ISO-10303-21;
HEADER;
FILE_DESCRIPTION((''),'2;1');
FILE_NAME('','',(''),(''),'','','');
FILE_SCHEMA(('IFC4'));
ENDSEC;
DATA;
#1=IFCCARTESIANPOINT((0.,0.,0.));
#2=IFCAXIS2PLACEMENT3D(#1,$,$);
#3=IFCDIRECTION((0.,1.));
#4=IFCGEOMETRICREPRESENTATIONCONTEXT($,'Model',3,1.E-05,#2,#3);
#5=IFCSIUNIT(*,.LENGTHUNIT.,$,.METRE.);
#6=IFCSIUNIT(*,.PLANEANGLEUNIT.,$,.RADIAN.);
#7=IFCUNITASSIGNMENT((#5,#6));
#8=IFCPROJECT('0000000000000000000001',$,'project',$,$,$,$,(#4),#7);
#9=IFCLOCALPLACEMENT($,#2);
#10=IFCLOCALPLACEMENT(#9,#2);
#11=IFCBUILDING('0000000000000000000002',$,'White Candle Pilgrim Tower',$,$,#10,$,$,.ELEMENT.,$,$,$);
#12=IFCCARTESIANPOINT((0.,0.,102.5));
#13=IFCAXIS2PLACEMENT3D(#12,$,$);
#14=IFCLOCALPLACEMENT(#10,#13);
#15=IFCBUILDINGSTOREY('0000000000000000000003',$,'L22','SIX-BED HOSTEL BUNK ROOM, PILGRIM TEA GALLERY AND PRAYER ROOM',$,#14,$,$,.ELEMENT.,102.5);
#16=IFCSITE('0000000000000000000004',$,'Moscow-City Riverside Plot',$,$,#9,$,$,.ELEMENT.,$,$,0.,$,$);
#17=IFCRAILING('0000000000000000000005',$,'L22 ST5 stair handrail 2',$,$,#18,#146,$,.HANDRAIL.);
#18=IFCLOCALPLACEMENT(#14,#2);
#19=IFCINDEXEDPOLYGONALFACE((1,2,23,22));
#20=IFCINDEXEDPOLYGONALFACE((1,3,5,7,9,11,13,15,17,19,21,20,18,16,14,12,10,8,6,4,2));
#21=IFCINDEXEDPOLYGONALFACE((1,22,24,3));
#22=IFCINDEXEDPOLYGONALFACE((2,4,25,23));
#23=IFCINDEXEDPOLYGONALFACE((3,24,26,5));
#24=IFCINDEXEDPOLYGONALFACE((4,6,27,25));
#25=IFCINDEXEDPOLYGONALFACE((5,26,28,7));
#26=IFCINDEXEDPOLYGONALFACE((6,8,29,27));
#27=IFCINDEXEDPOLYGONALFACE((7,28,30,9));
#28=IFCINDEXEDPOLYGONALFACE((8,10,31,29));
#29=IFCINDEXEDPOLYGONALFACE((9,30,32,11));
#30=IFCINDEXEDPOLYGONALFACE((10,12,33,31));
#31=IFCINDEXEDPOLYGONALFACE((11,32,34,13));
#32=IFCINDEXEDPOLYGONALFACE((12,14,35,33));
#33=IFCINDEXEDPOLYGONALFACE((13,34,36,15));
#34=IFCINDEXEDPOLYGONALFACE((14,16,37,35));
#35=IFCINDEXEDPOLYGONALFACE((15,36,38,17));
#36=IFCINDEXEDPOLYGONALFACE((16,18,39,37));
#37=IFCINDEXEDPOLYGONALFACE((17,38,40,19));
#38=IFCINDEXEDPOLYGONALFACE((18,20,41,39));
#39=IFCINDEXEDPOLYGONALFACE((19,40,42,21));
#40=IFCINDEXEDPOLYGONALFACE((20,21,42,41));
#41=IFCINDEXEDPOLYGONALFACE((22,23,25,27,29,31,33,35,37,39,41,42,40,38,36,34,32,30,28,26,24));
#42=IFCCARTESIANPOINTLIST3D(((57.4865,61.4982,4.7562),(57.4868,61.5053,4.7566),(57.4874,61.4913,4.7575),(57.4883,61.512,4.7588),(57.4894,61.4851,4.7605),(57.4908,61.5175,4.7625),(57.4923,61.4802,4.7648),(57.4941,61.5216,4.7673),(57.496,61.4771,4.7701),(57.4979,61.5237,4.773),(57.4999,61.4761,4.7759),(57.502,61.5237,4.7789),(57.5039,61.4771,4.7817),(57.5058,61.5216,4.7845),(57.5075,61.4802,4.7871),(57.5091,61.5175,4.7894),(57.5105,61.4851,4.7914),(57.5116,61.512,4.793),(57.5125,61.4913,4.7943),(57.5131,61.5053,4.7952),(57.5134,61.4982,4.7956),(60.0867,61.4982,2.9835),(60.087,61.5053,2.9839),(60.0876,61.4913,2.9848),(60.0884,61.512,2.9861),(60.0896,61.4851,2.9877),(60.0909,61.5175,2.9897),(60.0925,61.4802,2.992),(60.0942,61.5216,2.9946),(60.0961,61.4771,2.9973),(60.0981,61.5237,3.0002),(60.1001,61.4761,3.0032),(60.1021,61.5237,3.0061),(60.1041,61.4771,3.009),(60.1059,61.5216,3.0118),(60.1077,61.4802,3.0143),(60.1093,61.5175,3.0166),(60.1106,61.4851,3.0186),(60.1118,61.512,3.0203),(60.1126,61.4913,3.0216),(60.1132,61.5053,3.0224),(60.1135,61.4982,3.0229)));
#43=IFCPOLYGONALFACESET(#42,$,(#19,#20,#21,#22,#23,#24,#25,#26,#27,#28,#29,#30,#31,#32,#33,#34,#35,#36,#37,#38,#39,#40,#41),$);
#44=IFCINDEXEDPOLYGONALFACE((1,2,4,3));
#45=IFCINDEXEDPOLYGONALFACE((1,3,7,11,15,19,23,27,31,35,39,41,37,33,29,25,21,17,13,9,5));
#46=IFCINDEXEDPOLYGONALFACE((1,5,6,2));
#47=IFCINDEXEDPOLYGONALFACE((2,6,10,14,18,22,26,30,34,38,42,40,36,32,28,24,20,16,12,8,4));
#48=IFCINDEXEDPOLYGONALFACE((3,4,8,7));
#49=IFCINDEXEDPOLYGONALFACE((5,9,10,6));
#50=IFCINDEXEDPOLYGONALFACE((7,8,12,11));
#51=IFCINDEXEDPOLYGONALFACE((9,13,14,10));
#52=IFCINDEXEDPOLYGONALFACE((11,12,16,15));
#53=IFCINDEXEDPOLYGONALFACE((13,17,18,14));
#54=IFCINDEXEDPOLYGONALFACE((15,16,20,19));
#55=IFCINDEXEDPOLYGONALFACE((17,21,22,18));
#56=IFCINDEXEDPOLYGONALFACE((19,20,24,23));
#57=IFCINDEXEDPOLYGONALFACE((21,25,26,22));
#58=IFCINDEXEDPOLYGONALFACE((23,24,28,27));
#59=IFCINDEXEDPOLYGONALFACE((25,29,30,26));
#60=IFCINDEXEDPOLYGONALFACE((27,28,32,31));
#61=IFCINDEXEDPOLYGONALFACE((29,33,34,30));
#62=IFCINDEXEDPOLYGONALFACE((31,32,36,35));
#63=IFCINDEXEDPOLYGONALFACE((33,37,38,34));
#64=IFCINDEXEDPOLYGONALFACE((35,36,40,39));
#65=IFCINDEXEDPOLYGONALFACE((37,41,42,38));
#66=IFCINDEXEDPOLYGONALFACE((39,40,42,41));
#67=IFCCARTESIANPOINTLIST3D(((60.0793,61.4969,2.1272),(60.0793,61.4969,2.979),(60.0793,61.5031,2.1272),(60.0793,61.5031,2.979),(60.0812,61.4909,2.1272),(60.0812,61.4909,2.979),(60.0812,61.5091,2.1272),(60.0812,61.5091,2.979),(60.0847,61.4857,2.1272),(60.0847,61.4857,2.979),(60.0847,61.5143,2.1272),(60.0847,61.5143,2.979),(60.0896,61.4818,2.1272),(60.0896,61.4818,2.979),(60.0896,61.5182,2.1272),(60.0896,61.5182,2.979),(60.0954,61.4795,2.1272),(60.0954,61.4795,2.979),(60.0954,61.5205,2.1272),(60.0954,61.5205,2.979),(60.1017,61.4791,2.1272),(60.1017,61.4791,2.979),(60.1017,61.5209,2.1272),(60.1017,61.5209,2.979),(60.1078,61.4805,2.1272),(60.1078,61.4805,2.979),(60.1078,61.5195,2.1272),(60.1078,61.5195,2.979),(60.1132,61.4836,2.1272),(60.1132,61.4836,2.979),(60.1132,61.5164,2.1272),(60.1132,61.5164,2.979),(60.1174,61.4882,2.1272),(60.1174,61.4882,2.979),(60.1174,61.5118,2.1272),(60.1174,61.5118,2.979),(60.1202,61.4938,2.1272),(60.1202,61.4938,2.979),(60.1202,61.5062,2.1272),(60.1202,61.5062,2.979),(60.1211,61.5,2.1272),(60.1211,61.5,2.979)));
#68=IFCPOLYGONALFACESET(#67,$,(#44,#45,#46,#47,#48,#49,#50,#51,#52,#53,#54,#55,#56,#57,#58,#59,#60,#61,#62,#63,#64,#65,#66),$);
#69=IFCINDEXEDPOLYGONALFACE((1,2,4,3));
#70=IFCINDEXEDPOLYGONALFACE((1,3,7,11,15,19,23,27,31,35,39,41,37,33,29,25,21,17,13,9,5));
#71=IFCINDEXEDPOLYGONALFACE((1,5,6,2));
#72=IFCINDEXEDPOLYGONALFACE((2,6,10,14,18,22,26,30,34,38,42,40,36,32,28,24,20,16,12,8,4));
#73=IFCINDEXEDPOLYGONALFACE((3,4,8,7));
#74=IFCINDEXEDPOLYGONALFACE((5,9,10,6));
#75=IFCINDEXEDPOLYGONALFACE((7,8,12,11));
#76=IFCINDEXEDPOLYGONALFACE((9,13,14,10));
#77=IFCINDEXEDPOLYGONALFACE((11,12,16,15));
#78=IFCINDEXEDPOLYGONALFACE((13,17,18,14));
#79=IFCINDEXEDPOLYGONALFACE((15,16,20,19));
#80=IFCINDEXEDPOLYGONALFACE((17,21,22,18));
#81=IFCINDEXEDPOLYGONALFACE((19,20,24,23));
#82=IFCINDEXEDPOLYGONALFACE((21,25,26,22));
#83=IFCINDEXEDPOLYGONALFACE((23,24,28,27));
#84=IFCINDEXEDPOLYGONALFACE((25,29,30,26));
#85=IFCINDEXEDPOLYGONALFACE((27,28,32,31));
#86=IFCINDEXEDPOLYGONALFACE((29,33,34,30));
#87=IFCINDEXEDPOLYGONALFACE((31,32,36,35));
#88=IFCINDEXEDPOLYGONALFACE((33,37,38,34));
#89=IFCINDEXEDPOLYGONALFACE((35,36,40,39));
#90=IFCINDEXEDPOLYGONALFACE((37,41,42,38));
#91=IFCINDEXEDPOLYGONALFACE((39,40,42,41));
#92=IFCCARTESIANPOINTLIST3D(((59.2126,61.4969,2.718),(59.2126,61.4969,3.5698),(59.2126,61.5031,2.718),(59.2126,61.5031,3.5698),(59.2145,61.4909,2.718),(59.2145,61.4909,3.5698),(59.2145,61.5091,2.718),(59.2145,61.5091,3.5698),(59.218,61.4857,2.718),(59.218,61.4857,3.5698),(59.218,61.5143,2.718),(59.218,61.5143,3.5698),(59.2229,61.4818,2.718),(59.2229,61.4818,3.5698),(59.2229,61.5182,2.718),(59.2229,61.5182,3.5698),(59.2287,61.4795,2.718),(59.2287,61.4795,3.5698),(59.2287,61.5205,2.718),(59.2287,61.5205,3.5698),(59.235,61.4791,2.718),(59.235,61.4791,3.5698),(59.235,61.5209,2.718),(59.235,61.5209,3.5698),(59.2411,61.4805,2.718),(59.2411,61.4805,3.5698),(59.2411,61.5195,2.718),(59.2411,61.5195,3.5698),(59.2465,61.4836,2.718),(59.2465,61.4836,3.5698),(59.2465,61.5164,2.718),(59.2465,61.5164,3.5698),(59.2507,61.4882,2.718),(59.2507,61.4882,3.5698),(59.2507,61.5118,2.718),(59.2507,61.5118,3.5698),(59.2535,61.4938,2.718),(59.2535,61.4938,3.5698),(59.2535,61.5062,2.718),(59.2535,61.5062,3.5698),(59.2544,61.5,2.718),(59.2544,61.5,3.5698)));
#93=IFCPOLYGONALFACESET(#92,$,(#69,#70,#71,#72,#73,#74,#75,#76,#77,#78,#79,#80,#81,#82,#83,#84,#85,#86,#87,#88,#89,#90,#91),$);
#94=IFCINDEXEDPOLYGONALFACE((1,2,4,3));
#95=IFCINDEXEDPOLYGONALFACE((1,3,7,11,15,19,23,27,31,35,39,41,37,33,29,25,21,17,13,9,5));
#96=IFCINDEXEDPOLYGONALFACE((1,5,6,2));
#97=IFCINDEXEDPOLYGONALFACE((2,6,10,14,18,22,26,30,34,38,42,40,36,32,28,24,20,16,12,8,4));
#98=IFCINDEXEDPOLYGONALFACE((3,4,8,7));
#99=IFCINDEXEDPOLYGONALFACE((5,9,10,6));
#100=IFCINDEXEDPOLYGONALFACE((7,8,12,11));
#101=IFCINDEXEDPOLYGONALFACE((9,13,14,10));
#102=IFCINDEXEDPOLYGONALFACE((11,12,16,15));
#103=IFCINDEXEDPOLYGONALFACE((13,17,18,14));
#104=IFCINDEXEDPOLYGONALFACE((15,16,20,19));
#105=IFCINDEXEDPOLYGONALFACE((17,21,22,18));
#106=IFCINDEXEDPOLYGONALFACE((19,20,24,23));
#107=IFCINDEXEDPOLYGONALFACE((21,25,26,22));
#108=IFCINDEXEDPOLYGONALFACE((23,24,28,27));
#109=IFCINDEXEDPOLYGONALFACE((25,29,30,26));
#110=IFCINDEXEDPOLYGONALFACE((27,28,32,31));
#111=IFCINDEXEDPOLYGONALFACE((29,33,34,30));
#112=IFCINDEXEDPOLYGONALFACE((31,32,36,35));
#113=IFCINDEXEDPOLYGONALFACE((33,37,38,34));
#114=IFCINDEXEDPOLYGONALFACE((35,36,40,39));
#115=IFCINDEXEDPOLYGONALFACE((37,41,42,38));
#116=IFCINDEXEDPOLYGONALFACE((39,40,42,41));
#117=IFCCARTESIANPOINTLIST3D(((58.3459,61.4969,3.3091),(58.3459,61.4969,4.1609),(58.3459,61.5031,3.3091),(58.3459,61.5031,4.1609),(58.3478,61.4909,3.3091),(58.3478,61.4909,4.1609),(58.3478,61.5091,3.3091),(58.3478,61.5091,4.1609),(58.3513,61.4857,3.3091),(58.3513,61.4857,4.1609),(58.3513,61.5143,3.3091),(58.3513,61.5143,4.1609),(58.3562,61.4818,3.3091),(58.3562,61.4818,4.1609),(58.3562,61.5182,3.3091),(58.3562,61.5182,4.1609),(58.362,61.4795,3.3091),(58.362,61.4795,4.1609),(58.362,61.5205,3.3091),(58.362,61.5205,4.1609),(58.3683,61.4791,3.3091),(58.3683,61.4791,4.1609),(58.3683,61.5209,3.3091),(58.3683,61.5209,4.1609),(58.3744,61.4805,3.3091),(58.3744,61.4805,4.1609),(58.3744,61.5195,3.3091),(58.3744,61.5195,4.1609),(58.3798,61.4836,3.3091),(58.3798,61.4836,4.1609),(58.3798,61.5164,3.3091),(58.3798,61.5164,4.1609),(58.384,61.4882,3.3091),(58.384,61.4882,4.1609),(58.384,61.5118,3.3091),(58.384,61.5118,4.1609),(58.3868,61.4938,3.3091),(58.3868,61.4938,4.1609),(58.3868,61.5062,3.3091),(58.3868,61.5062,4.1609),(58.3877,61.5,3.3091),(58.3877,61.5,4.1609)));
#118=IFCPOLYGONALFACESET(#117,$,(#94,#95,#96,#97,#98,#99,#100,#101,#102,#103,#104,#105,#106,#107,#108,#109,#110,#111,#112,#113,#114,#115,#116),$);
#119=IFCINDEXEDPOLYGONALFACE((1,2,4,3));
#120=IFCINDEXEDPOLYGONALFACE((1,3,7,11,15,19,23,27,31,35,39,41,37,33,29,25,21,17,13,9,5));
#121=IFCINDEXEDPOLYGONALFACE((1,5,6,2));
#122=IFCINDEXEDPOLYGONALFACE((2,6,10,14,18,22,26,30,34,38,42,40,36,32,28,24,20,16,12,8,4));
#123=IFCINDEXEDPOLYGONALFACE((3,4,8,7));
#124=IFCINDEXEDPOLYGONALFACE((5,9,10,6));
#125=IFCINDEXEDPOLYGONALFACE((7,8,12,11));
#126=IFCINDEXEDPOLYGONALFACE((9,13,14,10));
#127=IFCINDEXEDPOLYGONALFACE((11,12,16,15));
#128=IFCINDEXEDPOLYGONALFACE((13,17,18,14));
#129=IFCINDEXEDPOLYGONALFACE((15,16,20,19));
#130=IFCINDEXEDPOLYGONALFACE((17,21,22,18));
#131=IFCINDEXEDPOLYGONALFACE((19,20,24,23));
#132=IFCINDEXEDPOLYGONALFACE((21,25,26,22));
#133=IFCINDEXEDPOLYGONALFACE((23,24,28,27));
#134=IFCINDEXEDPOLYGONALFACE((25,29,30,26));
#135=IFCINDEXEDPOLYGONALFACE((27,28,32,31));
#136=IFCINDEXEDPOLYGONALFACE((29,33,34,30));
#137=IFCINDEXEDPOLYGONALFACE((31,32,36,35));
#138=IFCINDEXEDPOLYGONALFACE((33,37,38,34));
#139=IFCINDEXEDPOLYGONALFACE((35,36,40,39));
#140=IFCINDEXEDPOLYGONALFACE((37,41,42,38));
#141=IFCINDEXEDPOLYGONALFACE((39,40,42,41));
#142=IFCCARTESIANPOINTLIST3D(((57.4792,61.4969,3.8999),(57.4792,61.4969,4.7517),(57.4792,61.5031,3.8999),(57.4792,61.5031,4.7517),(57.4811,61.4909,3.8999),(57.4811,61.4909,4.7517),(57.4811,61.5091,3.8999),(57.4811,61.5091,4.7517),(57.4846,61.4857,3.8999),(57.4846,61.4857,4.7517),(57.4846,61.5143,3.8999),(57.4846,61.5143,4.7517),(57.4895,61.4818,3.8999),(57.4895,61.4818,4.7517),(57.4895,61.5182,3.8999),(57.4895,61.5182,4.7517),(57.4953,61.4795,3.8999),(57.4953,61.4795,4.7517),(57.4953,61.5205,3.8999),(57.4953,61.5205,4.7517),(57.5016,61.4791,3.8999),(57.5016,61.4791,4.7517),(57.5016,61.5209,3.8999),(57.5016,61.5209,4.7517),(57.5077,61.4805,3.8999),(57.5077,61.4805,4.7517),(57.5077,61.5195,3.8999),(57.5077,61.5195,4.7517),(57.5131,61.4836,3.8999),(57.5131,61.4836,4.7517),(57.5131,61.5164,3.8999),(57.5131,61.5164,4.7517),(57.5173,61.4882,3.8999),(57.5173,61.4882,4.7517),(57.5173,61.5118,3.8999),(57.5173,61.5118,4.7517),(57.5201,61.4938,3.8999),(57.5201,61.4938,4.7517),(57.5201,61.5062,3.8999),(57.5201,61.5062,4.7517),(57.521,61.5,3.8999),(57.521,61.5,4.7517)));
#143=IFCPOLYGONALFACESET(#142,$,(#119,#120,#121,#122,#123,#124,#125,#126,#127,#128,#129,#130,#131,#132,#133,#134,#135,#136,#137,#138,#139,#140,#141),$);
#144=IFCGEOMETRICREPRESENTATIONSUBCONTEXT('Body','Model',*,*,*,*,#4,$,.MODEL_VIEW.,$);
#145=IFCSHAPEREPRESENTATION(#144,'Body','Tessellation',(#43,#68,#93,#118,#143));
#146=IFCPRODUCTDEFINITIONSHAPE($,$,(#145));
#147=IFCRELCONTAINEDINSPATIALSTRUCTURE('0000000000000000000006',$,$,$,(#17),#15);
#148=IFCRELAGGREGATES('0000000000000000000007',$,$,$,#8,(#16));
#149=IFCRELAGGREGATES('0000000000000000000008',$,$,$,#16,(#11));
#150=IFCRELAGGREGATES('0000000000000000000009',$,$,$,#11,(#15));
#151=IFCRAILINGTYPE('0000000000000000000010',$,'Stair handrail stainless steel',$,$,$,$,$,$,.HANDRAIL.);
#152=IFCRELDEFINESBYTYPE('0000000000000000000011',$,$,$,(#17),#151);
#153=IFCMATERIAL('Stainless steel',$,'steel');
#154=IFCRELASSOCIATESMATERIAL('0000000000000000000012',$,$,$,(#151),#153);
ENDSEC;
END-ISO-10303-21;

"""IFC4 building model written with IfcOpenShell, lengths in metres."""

from ifc_helpers import new_model, si_unit, direction, frame, origin, origin_2d, place, context, subcontext, project, spatial, circle, extrude, material, type_object, element, save


model = new_model("IFC4")

# Units and contexts
model_context = context("Model", 3, precision=1e-05, world=origin(), true_north=direction((0.0, 1.0)))
body_context = subcontext(model_context, "Body", "Model", "MODEL_VIEW")
ifc_project = project(units=[si_unit("LENGTHUNIT", "METRE"), si_unit("PLANEANGLEUNIT", "RADIAN")], contexts=[model_context])

# Site, building, storey
site_placement = place(None, origin())
site = spatial("IfcSite", under=ifc_project, at=site_placement, Name="Moscow-City Riverside Plot", CompositionType="ELEMENT", RefElevation=0.0)
building_placement = place(site_placement, origin())
building = spatial("IfcBuilding", under=site, at=building_placement, Name="White Candle Pilgrim Tower", CompositionType="ELEMENT")
storey_placement = place(building_placement, frame((0.0, 0.0, 102.5)))
storey = spatial("IfcBuildingStorey", under=building, at=storey_placement, Name="L22", Description="SIX-BED HOSTEL BUNK ROOM, PILGRIM TEA GALLERY AND PRAYER ROOM", CompositionType="ELEMENT", Elevation=102.5)

# Shared definitions
ifc_material_1 = material(Name="Stainless steel", Category="steel")

# Railing
railing_type_1 = type_object("IfcRailingType", Name="Stair handrail stainless steel", PredefinedType="HANDRAIL", material=ifc_material_1)
railing_1_placement = place(storey_placement, frame((60.1001, 61.5, 2.1272)))
element("IfcRailing", 1, at=railing_1_placement, inside=storey, type_object=railing_type_1, Name="L22 ST5 stair handrail 2", PredefinedType="HANDRAIL", context=body_context, shape_type="SweptSolid", body=[
    extrude(circle(Radius=0.0239, at=origin_2d()), frame((0.0, 0.0, 0.876), z_axis=(-0.82624, 0.0, 0.563318), x_axis=(0.0, -1.0, 0.0)), (0.0, 0.0, 1.0), 3.147),
    extrude(circle(Radius=0.021, at=origin_2d()), origin(), (0.0, 0.0, 1.0), 0.8518),
    extrude(circle(Radius=0.021, at=origin_2d()), frame((-0.8667, 0.0, 0.5908)), (0.0, 0.0, 1.0), 0.8518),
    extrude(circle(Radius=0.021, at=origin_2d()), frame((-1.7334, 0.0, 1.1819)), (0.0, 0.0, 1.0), 0.8518),
    extrude(circle(Radius=0.021, at=origin_2d()), frame((-2.6001, 0.0, 1.7727)), (0.0, 0.0, 1.0), 0.8518),
])

save(model, "model.ifc")
